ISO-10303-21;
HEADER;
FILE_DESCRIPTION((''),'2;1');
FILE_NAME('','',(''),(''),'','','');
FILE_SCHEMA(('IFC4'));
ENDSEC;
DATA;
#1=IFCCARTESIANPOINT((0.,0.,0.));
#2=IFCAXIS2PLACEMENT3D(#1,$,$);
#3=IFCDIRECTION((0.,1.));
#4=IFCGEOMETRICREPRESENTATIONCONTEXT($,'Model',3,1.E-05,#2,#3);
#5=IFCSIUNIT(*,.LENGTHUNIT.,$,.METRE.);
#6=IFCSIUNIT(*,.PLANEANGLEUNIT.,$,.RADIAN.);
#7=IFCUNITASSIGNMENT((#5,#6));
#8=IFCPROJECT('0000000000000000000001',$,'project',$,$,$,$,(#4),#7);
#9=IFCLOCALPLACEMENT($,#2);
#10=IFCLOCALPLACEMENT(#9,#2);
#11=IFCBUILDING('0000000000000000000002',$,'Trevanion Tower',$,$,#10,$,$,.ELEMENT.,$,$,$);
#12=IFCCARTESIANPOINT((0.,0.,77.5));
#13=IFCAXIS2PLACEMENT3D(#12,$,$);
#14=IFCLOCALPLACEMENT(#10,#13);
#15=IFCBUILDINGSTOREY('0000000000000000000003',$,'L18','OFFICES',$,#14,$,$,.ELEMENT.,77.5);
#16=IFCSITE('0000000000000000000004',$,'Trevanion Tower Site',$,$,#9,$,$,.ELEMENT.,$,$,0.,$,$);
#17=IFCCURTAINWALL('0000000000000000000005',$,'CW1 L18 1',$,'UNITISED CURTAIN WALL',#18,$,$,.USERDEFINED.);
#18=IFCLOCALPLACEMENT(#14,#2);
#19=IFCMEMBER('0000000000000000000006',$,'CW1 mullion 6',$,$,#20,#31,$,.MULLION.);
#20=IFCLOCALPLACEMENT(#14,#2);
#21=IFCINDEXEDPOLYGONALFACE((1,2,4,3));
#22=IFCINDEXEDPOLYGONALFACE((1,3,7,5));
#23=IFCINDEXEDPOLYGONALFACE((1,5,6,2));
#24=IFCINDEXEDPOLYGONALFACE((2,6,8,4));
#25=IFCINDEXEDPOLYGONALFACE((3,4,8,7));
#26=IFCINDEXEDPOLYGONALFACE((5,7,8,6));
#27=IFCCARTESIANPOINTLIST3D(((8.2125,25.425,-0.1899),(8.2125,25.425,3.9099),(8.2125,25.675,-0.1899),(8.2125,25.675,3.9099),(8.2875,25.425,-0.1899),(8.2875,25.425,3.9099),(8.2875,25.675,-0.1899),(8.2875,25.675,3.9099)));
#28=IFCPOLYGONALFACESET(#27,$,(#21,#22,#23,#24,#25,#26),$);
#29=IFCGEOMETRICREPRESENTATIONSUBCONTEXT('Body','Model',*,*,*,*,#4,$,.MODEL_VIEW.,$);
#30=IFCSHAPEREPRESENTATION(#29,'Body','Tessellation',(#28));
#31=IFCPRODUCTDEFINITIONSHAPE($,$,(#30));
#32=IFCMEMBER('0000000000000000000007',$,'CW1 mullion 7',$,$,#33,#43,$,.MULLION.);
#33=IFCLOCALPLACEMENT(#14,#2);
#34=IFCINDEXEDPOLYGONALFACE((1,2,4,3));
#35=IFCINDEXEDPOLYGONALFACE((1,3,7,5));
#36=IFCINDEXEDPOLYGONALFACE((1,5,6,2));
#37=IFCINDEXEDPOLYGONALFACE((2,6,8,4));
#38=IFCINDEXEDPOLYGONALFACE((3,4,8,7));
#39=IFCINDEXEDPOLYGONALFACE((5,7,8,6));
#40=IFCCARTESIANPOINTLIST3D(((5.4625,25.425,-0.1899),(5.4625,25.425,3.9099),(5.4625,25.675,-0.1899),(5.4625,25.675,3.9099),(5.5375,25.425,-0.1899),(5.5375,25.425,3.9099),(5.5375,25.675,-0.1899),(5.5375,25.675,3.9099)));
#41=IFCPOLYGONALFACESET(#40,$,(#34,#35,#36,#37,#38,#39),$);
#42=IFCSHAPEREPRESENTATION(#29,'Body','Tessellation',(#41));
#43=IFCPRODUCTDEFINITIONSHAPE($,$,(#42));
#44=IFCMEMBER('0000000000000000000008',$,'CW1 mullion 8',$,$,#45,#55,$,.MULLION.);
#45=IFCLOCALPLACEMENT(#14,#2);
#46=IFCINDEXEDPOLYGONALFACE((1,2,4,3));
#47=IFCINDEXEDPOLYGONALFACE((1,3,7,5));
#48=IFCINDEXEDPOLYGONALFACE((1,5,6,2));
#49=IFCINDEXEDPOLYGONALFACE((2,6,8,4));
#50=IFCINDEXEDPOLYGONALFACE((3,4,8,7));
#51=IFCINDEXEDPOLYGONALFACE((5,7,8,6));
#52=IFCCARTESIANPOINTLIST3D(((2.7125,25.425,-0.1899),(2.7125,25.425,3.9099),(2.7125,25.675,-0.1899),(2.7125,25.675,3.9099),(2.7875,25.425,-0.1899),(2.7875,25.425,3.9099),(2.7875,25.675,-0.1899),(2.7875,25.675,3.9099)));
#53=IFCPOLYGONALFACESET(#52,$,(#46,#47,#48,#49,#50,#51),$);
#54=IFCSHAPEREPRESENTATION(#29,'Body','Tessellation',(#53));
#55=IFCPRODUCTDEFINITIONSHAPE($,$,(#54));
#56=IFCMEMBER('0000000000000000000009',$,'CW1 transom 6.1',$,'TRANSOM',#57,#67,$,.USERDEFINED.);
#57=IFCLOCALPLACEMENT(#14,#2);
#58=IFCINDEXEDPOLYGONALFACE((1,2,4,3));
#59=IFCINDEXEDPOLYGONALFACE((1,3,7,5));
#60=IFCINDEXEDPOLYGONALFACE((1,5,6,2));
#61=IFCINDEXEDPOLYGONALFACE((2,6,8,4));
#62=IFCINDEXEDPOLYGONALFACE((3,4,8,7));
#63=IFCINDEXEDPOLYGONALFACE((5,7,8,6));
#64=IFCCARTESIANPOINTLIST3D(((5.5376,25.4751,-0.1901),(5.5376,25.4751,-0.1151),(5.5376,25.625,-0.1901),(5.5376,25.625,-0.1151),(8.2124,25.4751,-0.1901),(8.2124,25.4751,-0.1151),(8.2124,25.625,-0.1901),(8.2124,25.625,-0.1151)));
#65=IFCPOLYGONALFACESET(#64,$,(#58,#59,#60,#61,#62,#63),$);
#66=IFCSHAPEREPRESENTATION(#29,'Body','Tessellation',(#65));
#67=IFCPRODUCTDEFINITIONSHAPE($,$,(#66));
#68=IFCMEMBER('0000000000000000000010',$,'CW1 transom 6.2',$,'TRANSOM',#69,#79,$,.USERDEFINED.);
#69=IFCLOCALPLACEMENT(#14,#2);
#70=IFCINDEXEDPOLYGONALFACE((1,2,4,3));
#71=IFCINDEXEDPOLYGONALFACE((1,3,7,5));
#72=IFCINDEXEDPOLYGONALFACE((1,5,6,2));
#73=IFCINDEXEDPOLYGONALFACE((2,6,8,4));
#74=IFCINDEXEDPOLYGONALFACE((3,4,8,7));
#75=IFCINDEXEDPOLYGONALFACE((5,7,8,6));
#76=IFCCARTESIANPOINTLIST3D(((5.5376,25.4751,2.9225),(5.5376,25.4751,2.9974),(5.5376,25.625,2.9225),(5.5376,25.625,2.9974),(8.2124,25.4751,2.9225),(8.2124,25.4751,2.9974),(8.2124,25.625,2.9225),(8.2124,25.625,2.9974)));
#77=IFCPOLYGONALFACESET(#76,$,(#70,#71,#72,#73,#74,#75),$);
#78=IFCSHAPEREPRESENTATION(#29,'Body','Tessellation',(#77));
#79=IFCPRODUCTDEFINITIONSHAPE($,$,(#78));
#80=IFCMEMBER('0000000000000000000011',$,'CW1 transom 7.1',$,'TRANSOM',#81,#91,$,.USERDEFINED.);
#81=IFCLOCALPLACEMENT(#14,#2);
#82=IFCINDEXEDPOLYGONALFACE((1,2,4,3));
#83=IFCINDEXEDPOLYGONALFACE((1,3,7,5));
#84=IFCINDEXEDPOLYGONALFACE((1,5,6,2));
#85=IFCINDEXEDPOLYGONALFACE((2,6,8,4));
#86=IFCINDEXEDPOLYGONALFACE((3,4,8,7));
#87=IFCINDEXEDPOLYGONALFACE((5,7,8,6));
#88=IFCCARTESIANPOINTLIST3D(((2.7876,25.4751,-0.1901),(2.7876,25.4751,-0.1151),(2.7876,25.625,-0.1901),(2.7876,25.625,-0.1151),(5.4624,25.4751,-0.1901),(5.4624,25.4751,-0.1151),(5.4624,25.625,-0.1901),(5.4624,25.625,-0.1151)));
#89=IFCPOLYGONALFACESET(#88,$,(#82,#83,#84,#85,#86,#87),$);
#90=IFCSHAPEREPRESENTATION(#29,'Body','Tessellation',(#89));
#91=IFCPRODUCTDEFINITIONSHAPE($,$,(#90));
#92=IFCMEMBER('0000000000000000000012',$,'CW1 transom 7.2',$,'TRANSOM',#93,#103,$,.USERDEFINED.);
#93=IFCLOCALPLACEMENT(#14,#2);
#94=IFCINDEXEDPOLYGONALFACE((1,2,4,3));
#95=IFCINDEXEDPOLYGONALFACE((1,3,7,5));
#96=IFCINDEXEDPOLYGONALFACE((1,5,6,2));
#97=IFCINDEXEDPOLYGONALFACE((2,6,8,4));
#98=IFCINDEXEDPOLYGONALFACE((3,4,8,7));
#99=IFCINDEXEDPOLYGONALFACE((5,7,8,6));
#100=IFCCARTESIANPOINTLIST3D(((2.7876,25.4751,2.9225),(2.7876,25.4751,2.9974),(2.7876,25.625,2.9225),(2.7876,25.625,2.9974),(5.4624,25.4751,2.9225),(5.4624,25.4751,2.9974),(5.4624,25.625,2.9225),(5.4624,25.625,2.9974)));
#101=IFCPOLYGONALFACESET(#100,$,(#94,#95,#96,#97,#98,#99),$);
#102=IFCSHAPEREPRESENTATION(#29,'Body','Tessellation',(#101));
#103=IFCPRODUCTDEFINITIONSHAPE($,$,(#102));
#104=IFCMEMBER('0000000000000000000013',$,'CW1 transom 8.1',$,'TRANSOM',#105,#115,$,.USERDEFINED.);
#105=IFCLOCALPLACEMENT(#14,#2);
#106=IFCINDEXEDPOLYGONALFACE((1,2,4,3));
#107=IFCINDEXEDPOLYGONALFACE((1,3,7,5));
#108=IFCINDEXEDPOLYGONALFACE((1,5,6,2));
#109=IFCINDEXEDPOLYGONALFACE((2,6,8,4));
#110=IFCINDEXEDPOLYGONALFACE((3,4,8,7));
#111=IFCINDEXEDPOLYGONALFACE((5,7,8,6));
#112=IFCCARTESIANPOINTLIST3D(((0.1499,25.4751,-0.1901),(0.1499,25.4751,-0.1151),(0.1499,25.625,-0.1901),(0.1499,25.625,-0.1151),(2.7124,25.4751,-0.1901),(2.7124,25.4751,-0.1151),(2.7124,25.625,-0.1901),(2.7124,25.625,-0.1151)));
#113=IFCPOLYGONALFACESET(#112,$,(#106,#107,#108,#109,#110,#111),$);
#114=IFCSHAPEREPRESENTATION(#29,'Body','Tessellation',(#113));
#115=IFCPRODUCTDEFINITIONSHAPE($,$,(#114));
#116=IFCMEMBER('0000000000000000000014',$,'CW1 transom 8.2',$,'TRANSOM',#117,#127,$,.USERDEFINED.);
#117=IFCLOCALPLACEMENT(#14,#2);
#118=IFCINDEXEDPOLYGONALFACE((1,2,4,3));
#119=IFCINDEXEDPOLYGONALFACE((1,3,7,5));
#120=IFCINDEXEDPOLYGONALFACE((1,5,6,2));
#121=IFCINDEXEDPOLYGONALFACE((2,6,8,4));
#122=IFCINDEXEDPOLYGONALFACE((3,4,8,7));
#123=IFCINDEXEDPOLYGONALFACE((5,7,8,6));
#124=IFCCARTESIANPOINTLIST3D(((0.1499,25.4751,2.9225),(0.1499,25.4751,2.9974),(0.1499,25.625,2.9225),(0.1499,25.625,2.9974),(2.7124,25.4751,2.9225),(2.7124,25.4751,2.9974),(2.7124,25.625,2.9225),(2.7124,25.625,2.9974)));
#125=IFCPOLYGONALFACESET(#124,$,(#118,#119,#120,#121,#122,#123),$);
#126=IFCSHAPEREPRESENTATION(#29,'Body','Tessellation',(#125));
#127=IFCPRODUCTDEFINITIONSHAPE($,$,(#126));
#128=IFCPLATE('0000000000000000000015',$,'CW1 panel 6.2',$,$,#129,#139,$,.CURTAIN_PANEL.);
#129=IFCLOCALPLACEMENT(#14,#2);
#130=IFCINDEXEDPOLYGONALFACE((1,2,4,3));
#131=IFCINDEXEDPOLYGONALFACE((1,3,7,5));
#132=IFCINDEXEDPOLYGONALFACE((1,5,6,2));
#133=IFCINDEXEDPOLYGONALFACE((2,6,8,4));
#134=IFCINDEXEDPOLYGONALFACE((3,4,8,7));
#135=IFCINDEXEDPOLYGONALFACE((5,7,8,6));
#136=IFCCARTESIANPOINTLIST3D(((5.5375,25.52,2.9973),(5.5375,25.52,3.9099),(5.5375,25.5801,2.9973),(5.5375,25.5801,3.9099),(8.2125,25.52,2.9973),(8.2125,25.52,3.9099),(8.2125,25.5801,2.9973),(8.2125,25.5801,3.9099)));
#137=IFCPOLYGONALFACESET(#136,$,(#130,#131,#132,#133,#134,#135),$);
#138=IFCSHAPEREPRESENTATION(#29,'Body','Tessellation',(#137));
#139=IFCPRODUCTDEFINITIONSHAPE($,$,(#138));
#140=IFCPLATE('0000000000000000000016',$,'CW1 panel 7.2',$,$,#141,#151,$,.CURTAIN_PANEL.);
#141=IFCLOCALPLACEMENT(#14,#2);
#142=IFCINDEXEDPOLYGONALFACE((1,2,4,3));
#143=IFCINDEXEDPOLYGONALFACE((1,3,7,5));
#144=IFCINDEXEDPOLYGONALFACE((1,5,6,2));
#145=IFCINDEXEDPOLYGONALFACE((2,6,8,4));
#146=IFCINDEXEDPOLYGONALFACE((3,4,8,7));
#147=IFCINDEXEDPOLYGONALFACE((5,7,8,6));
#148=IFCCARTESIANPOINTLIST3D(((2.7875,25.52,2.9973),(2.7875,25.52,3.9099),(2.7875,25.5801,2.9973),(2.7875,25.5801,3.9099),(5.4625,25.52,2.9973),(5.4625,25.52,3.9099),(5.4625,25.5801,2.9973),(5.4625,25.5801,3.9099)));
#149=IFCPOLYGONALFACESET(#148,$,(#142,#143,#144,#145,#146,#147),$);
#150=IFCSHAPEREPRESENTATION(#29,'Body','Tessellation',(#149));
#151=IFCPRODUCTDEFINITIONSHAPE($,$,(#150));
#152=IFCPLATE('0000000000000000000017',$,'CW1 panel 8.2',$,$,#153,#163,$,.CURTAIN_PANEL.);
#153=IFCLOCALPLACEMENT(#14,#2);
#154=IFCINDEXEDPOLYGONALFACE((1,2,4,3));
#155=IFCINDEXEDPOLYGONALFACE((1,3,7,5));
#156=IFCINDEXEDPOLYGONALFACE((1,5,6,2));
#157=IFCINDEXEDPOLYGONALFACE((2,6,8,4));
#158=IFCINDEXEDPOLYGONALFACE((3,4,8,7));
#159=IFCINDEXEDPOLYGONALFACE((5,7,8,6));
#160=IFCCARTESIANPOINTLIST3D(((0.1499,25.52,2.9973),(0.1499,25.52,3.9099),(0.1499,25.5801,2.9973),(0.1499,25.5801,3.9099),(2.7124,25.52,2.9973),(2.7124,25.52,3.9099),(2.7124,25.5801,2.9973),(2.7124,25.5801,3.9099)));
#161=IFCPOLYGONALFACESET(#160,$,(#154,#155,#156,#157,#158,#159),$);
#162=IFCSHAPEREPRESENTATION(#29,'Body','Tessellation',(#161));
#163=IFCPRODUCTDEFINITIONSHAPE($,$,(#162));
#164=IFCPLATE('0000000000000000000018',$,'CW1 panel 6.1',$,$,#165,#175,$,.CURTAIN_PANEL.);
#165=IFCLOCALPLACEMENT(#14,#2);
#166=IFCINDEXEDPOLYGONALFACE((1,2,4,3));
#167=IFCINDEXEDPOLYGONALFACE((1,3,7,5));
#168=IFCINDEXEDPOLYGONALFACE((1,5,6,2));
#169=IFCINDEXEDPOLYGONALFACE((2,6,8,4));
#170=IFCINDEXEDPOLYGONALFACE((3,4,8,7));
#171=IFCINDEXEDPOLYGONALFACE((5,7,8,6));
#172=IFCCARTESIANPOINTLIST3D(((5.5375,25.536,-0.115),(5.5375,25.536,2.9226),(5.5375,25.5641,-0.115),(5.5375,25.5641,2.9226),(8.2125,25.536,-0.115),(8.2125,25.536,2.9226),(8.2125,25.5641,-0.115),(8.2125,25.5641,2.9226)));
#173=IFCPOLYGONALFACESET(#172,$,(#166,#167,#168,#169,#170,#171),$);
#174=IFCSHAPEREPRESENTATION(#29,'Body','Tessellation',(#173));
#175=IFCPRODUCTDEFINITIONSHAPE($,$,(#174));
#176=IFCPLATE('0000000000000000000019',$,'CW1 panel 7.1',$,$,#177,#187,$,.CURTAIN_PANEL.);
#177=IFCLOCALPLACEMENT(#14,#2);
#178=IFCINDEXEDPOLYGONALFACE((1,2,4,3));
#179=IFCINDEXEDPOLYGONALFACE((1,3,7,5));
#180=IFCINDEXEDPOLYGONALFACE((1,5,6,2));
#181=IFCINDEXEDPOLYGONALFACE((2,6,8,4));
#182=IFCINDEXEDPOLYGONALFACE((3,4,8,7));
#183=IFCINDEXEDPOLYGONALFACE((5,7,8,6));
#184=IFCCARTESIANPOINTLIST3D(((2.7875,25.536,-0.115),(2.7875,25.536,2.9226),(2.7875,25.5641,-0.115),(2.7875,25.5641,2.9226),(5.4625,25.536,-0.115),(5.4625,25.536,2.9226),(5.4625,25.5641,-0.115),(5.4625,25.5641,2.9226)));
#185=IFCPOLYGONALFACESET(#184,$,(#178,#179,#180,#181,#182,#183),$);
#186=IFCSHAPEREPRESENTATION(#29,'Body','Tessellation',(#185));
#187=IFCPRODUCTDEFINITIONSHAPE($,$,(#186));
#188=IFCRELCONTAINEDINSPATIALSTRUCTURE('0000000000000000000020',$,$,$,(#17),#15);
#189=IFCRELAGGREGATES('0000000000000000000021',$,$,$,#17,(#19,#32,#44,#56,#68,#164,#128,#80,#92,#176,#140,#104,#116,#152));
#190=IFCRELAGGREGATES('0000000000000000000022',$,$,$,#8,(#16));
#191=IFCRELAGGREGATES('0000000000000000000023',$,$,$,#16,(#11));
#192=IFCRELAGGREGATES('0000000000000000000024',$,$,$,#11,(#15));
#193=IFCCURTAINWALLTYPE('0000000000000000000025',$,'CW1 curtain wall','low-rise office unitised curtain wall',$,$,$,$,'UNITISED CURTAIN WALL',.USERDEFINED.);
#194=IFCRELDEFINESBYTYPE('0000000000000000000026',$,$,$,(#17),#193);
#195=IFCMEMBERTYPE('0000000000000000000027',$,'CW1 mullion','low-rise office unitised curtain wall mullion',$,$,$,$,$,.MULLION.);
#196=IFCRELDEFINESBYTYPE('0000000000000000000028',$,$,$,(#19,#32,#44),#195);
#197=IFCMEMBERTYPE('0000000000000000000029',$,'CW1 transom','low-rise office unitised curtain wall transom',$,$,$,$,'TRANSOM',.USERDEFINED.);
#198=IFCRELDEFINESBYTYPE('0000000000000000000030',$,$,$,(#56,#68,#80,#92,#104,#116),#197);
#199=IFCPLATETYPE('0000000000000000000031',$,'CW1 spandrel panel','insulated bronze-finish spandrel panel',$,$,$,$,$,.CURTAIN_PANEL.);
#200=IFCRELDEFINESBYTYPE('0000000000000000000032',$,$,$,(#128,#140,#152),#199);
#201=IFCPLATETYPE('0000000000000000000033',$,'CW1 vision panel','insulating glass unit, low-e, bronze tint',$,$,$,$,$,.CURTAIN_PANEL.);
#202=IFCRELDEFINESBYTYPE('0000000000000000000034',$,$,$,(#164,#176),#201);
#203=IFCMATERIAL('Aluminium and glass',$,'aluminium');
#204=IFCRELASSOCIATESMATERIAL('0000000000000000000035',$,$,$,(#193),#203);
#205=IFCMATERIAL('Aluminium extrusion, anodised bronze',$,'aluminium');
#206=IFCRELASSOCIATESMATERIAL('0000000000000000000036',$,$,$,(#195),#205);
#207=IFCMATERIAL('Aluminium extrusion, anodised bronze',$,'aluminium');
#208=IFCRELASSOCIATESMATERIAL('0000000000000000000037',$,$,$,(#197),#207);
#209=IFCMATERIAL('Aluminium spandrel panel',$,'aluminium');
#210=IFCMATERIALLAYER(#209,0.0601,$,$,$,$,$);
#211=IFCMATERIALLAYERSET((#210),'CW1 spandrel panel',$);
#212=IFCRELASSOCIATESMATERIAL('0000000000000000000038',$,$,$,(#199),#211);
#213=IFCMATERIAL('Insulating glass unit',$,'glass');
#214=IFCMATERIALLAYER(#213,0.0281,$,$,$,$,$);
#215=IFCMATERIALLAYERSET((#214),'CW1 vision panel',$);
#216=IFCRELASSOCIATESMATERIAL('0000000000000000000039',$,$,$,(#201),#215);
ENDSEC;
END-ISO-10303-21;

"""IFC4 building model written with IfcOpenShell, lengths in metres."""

from ifc_helpers import new_model, si_unit, direction, frame, origin, origin_2d, place, context, subcontext, project, spatial, rectangle, extrude, material, layer, layer_set, material_profile, profile_set, type_object, element, aggregate, save


model = new_model("IFC4")

# Units and contexts
model_context = context("Model", 3, precision=1e-05, world=origin(), true_north=direction((0.0, 1.0)))
body_context = subcontext(model_context, "Body", "Model", "MODEL_VIEW")
ifc_project = project(units=[si_unit("LENGTHUNIT", "METRE"), si_unit("PLANEANGLEUNIT", "RADIAN")], contexts=[model_context])

# Site, building, storey
site_placement = place(None, origin())
site = spatial("IfcSite", under=ifc_project, at=site_placement, Name="Trevanion Tower Site", CompositionType="ELEMENT", RefElevation=0.0)
building_placement = place(site_placement, origin())
building = spatial("IfcBuilding", under=site, at=building_placement, Name="Trevanion Tower", CompositionType="ELEMENT")
storey_placement = place(building_placement, frame((0.0, 0.0, 77.5)))
storey = spatial("IfcBuildingStorey", under=building, at=storey_placement, Name="L18", Description="OFFICES", CompositionType="ELEMENT", Elevation=77.5)

# Curtain wall, members, plates
ifc_material_1 = material(Name="Aluminium and glass", Category="aluminium")
curtain_wall_type = type_object("IfcCurtainWallType", Name="CW1 curtain wall", Description="low-rise office unitised curtain wall", ElementType="UNITISED CURTAIN WALL", PredefinedType="USERDEFINED", material=ifc_material_1)
curtain_wall_placement = place(storey_placement, origin())
curtain_wall = element("IfcCurtainWall", 1, at=curtain_wall_placement, inside=storey, type_object=curtain_wall_type, Name="CW1 L18 1", ObjectType="UNITISED CURTAIN WALL", PredefinedType="USERDEFINED")
ifc_material_2 = material(Name="Aluminium extrusion, anodised bronze", Category="aluminium")
ifc_material_profile_1 = material_profile(ifc_material_2, rectangle(XDim=0.075, YDim=0.25, at=origin_2d()), Name="CW1 mullion")
ifc_profile_set_1 = profile_set([ifc_material_profile_1], Name="Aluminium extrusion, anodised bronze")
member_type_1 = type_object("IfcMemberType", Name="CW1 mullion", Description="low-rise office unitised curtain wall mullion", PredefinedType="MULLION", material=ifc_profile_set_1)
member_1_placement = place(storey_placement, frame((8.25, 25.55, -0.1899), z_axis=(0.0, 0.0, 1.0), x_axis=(-1.0, 0.0, 0.0)))
member_1 = element("IfcMember", 2, at=member_1_placement, type_object=member_type_1, Name="CW1 mullion 6", PredefinedType="MULLION", context=body_context, shape_type="SweptSolid", body=[
    extrude(rectangle(XDim=0.075, YDim=0.25, at=origin_2d()), origin(), (0.0, 0.0, 1.0), 4.0999),
])
member_2_placement = place(storey_placement, frame((5.5, 25.55, -0.1899), z_axis=(0.0, 0.0, 1.0), x_axis=(-1.0, 0.0, 0.0)))
member_2 = element("IfcMember", 3, at=member_2_placement, type_object=member_type_1, Name="CW1 mullion 7", PredefinedType="MULLION", context=body_context, shape_type="SweptSolid", body=[
    extrude(rectangle(XDim=0.075, YDim=0.25, at=origin_2d()), origin(), (0.0, 0.0, 1.0), 4.0999),
])
member_3_placement = place(storey_placement, frame((2.75, 25.55, -0.1899), z_axis=(0.0, 0.0, 1.0), x_axis=(-1.0, 0.0, 0.0)))
member_3 = element("IfcMember", 4, at=member_3_placement, type_object=member_type_1, Name="CW1 mullion 8", PredefinedType="MULLION", context=body_context, shape_type="SweptSolid", body=[
    extrude(rectangle(XDim=0.075, YDim=0.25, at=origin_2d()), origin(), (0.0, 0.0, 1.0), 4.0999),
])
ifc_material_3 = material(Name="Aluminium extrusion, anodised bronze", Category="aluminium")
ifc_material_profile_2 = material_profile(ifc_material_3, rectangle(XDim=0.1499, YDim=0.075, at=origin_2d()), Name="CW1 transom")
ifc_profile_set_2 = profile_set([ifc_material_profile_2], Name="Aluminium extrusion, anodised bronze")
member_type_2 = type_object("IfcMemberType", Name="CW1 transom", Description="low-rise office unitised curtain wall transom", ElementType="TRANSOM", PredefinedType="USERDEFINED", material=ifc_profile_set_2)
member_4_placement = place(storey_placement, frame((8.2124, 25.55, -0.1526), z_axis=(-1.0, 0.0, 0.0), x_axis=(0.0, -1.0, 0.0)))
member_4 = element("IfcMember", 5, at=member_4_placement, type_object=member_type_2, Name="CW1 transom 6.1", ObjectType="TRANSOM", PredefinedType="USERDEFINED", context=body_context, shape_type="SweptSolid", body=[
    extrude(rectangle(XDim=0.1499, YDim=0.075, at=origin_2d()), origin(), (0.0, 0.0, 1.0), 2.6748),
])
member_5_placement = place(storey_placement, frame((8.2124, 25.55, 2.96), z_axis=(-1.0, 0.0, 0.0), x_axis=(0.0, -1.0, 0.0)))
member_5 = element("IfcMember", 6, at=member_5_placement, type_object=member_type_2, Name="CW1 transom 6.2", ObjectType="TRANSOM", PredefinedType="USERDEFINED", context=body_context, shape_type="SweptSolid", body=[
    extrude(rectangle(XDim=0.1499, YDim=0.075, at=origin_2d()), origin(), (0.0, 0.0, 1.0), 2.6748),
])
member_6_placement = place(storey_placement, frame((5.4624, 25.55, -0.1526), z_axis=(-1.0, 0.0, 0.0), x_axis=(0.0, -1.0, 0.0)))
member_6 = element("IfcMember", 7, at=member_6_placement, type_object=member_type_2, Name="CW1 transom 7.1", ObjectType="TRANSOM", PredefinedType="USERDEFINED", context=body_context, shape_type="SweptSolid", body=[
    extrude(rectangle(XDim=0.1499, YDim=0.075, at=origin_2d()), origin(), (0.0, 0.0, 1.0), 2.6748),
])
member_7_placement = place(storey_placement, frame((5.4624, 25.55, 2.96), z_axis=(-1.0, 0.0, 0.0), x_axis=(0.0, -1.0, 0.0)))
member_7 = element("IfcMember", 8, at=member_7_placement, type_object=member_type_2, Name="CW1 transom 7.2", ObjectType="TRANSOM", PredefinedType="USERDEFINED", context=body_context, shape_type="SweptSolid", body=[
    extrude(rectangle(XDim=0.1499, YDim=0.075, at=origin_2d()), origin(), (0.0, 0.0, 1.0), 2.6748),
])
member_8_placement = place(storey_placement, frame((2.7124, 25.55, -0.1526), z_axis=(-1.0, 0.0, 0.0), x_axis=(0.0, -1.0, 0.0)))
member_8 = element("IfcMember", 9, at=member_8_placement, type_object=member_type_2, Name="CW1 transom 8.1", ObjectType="TRANSOM", PredefinedType="USERDEFINED", context=body_context, shape_type="SweptSolid", body=[
    extrude(rectangle(XDim=0.1499, YDim=0.075, at=origin_2d()), origin(), (0.0, 0.0, 1.0), 2.5625),
])
member_9_placement = place(storey_placement, frame((2.7124, 25.55, 2.96), z_axis=(-1.0, 0.0, 0.0), x_axis=(0.0, -1.0, 0.0)))
member_9 = element("IfcMember", 10, at=member_9_placement, type_object=member_type_2, Name="CW1 transom 8.2", ObjectType="TRANSOM", PredefinedType="USERDEFINED", context=body_context, shape_type="SweptSolid", body=[
    extrude(rectangle(XDim=0.1499, YDim=0.075, at=origin_2d()), origin(), (0.0, 0.0, 1.0), 2.5625),
])
ifc_material_4 = material(Name="Aluminium spandrel panel", Category="aluminium")
ifc_layer_1 = layer(ifc_material_4, 0.0601)
ifc_layer_set_1 = layer_set([ifc_layer_1], Name="CW1 spandrel panel")
plate_type_1 = type_object("IfcPlateType", Name="CW1 spandrel panel", Description="insulated bronze-finish spandrel panel", PredefinedType="CURTAIN_PANEL", material=ifc_layer_set_1)
plate_1_placement = place(storey_placement, frame((6.875, 25.55, 2.9973), z_axis=(0.0, 0.0, 1.0), x_axis=(-1.0, 0.0, 0.0)))
plate_1 = element("IfcPlate", 11, at=plate_1_placement, type_object=plate_type_1, Name="CW1 panel 6.2", PredefinedType="CURTAIN_PANEL", context=body_context, shape_type="SweptSolid", body=[
    extrude(rectangle(XDim=2.675, YDim=0.0601, at=origin_2d()), origin(), (0.0, 0.0, 1.0), 0.9126),
])
plate_2_placement = place(storey_placement, frame((4.125, 25.55, 2.9973), z_axis=(0.0, 0.0, 1.0), x_axis=(-1.0, 0.0, 0.0)))
plate_2 = element("IfcPlate", 12, at=plate_2_placement, type_object=plate_type_1, Name="CW1 panel 7.2", PredefinedType="CURTAIN_PANEL", context=body_context, shape_type="SweptSolid", body=[
    extrude(rectangle(XDim=2.675, YDim=0.0601, at=origin_2d()), origin(), (0.0, 0.0, 1.0), 0.9126),
])
plate_3_placement = place(storey_placement, frame((1.4312, 25.55, 2.9973), z_axis=(0.0, 0.0, 1.0), x_axis=(-1.0, 0.0, 0.0)))
plate_3 = element("IfcPlate", 13, at=plate_3_placement, type_object=plate_type_1, Name="CW1 panel 8.2", PredefinedType="CURTAIN_PANEL", context=body_context, shape_type="SweptSolid", body=[
    extrude(rectangle(XDim=2.5625, YDim=0.0601, at=origin_2d()), origin(), (0.0, 0.0, 1.0), 0.9126),
])
ifc_material_5 = material(Name="Insulating glass unit", Category="glass")
ifc_layer_2 = layer(ifc_material_5, 0.0281)
ifc_layer_set_2 = layer_set([ifc_layer_2], Name="CW1 vision panel")
plate_type_2 = type_object("IfcPlateType", Name="CW1 vision panel", Description="insulating glass unit, low-e, bronze tint", PredefinedType="CURTAIN_PANEL", material=ifc_layer_set_2)
plate_4_placement = place(storey_placement, frame((6.875, 25.55, -0.115), z_axis=(0.0, 0.0, 1.0), x_axis=(-1.0, 0.0, 0.0)))
plate_4 = element("IfcPlate", 14, at=plate_4_placement, type_object=plate_type_2, Name="CW1 panel 6.1", PredefinedType="CURTAIN_PANEL", context=body_context, shape_type="SweptSolid", body=[
    extrude(rectangle(XDim=2.675, YDim=0.0281, at=origin_2d()), origin(), (0.0, 0.0, 1.0), 3.0376),
])
plate_5_placement = place(storey_placement, frame((4.125, 25.55, -0.115), z_axis=(0.0, 0.0, 1.0), x_axis=(-1.0, 0.0, 0.0)))
plate_5 = element("IfcPlate", 15, at=plate_5_placement, type_object=plate_type_2, Name="CW1 panel 7.1", PredefinedType="CURTAIN_PANEL", context=body_context, shape_type="SweptSolid", body=[
    extrude(rectangle(XDim=2.675, YDim=0.0281, at=origin_2d()), origin(), (0.0, 0.0, 1.0), 3.0376),
])
aggregate(curtain_wall, [member_1, member_2, member_3, member_4, member_5, plate_4, plate_1, member_6, member_7, plate_5, plate_2, member_8, member_9, plate_3])

save(model, "model.ifc")
